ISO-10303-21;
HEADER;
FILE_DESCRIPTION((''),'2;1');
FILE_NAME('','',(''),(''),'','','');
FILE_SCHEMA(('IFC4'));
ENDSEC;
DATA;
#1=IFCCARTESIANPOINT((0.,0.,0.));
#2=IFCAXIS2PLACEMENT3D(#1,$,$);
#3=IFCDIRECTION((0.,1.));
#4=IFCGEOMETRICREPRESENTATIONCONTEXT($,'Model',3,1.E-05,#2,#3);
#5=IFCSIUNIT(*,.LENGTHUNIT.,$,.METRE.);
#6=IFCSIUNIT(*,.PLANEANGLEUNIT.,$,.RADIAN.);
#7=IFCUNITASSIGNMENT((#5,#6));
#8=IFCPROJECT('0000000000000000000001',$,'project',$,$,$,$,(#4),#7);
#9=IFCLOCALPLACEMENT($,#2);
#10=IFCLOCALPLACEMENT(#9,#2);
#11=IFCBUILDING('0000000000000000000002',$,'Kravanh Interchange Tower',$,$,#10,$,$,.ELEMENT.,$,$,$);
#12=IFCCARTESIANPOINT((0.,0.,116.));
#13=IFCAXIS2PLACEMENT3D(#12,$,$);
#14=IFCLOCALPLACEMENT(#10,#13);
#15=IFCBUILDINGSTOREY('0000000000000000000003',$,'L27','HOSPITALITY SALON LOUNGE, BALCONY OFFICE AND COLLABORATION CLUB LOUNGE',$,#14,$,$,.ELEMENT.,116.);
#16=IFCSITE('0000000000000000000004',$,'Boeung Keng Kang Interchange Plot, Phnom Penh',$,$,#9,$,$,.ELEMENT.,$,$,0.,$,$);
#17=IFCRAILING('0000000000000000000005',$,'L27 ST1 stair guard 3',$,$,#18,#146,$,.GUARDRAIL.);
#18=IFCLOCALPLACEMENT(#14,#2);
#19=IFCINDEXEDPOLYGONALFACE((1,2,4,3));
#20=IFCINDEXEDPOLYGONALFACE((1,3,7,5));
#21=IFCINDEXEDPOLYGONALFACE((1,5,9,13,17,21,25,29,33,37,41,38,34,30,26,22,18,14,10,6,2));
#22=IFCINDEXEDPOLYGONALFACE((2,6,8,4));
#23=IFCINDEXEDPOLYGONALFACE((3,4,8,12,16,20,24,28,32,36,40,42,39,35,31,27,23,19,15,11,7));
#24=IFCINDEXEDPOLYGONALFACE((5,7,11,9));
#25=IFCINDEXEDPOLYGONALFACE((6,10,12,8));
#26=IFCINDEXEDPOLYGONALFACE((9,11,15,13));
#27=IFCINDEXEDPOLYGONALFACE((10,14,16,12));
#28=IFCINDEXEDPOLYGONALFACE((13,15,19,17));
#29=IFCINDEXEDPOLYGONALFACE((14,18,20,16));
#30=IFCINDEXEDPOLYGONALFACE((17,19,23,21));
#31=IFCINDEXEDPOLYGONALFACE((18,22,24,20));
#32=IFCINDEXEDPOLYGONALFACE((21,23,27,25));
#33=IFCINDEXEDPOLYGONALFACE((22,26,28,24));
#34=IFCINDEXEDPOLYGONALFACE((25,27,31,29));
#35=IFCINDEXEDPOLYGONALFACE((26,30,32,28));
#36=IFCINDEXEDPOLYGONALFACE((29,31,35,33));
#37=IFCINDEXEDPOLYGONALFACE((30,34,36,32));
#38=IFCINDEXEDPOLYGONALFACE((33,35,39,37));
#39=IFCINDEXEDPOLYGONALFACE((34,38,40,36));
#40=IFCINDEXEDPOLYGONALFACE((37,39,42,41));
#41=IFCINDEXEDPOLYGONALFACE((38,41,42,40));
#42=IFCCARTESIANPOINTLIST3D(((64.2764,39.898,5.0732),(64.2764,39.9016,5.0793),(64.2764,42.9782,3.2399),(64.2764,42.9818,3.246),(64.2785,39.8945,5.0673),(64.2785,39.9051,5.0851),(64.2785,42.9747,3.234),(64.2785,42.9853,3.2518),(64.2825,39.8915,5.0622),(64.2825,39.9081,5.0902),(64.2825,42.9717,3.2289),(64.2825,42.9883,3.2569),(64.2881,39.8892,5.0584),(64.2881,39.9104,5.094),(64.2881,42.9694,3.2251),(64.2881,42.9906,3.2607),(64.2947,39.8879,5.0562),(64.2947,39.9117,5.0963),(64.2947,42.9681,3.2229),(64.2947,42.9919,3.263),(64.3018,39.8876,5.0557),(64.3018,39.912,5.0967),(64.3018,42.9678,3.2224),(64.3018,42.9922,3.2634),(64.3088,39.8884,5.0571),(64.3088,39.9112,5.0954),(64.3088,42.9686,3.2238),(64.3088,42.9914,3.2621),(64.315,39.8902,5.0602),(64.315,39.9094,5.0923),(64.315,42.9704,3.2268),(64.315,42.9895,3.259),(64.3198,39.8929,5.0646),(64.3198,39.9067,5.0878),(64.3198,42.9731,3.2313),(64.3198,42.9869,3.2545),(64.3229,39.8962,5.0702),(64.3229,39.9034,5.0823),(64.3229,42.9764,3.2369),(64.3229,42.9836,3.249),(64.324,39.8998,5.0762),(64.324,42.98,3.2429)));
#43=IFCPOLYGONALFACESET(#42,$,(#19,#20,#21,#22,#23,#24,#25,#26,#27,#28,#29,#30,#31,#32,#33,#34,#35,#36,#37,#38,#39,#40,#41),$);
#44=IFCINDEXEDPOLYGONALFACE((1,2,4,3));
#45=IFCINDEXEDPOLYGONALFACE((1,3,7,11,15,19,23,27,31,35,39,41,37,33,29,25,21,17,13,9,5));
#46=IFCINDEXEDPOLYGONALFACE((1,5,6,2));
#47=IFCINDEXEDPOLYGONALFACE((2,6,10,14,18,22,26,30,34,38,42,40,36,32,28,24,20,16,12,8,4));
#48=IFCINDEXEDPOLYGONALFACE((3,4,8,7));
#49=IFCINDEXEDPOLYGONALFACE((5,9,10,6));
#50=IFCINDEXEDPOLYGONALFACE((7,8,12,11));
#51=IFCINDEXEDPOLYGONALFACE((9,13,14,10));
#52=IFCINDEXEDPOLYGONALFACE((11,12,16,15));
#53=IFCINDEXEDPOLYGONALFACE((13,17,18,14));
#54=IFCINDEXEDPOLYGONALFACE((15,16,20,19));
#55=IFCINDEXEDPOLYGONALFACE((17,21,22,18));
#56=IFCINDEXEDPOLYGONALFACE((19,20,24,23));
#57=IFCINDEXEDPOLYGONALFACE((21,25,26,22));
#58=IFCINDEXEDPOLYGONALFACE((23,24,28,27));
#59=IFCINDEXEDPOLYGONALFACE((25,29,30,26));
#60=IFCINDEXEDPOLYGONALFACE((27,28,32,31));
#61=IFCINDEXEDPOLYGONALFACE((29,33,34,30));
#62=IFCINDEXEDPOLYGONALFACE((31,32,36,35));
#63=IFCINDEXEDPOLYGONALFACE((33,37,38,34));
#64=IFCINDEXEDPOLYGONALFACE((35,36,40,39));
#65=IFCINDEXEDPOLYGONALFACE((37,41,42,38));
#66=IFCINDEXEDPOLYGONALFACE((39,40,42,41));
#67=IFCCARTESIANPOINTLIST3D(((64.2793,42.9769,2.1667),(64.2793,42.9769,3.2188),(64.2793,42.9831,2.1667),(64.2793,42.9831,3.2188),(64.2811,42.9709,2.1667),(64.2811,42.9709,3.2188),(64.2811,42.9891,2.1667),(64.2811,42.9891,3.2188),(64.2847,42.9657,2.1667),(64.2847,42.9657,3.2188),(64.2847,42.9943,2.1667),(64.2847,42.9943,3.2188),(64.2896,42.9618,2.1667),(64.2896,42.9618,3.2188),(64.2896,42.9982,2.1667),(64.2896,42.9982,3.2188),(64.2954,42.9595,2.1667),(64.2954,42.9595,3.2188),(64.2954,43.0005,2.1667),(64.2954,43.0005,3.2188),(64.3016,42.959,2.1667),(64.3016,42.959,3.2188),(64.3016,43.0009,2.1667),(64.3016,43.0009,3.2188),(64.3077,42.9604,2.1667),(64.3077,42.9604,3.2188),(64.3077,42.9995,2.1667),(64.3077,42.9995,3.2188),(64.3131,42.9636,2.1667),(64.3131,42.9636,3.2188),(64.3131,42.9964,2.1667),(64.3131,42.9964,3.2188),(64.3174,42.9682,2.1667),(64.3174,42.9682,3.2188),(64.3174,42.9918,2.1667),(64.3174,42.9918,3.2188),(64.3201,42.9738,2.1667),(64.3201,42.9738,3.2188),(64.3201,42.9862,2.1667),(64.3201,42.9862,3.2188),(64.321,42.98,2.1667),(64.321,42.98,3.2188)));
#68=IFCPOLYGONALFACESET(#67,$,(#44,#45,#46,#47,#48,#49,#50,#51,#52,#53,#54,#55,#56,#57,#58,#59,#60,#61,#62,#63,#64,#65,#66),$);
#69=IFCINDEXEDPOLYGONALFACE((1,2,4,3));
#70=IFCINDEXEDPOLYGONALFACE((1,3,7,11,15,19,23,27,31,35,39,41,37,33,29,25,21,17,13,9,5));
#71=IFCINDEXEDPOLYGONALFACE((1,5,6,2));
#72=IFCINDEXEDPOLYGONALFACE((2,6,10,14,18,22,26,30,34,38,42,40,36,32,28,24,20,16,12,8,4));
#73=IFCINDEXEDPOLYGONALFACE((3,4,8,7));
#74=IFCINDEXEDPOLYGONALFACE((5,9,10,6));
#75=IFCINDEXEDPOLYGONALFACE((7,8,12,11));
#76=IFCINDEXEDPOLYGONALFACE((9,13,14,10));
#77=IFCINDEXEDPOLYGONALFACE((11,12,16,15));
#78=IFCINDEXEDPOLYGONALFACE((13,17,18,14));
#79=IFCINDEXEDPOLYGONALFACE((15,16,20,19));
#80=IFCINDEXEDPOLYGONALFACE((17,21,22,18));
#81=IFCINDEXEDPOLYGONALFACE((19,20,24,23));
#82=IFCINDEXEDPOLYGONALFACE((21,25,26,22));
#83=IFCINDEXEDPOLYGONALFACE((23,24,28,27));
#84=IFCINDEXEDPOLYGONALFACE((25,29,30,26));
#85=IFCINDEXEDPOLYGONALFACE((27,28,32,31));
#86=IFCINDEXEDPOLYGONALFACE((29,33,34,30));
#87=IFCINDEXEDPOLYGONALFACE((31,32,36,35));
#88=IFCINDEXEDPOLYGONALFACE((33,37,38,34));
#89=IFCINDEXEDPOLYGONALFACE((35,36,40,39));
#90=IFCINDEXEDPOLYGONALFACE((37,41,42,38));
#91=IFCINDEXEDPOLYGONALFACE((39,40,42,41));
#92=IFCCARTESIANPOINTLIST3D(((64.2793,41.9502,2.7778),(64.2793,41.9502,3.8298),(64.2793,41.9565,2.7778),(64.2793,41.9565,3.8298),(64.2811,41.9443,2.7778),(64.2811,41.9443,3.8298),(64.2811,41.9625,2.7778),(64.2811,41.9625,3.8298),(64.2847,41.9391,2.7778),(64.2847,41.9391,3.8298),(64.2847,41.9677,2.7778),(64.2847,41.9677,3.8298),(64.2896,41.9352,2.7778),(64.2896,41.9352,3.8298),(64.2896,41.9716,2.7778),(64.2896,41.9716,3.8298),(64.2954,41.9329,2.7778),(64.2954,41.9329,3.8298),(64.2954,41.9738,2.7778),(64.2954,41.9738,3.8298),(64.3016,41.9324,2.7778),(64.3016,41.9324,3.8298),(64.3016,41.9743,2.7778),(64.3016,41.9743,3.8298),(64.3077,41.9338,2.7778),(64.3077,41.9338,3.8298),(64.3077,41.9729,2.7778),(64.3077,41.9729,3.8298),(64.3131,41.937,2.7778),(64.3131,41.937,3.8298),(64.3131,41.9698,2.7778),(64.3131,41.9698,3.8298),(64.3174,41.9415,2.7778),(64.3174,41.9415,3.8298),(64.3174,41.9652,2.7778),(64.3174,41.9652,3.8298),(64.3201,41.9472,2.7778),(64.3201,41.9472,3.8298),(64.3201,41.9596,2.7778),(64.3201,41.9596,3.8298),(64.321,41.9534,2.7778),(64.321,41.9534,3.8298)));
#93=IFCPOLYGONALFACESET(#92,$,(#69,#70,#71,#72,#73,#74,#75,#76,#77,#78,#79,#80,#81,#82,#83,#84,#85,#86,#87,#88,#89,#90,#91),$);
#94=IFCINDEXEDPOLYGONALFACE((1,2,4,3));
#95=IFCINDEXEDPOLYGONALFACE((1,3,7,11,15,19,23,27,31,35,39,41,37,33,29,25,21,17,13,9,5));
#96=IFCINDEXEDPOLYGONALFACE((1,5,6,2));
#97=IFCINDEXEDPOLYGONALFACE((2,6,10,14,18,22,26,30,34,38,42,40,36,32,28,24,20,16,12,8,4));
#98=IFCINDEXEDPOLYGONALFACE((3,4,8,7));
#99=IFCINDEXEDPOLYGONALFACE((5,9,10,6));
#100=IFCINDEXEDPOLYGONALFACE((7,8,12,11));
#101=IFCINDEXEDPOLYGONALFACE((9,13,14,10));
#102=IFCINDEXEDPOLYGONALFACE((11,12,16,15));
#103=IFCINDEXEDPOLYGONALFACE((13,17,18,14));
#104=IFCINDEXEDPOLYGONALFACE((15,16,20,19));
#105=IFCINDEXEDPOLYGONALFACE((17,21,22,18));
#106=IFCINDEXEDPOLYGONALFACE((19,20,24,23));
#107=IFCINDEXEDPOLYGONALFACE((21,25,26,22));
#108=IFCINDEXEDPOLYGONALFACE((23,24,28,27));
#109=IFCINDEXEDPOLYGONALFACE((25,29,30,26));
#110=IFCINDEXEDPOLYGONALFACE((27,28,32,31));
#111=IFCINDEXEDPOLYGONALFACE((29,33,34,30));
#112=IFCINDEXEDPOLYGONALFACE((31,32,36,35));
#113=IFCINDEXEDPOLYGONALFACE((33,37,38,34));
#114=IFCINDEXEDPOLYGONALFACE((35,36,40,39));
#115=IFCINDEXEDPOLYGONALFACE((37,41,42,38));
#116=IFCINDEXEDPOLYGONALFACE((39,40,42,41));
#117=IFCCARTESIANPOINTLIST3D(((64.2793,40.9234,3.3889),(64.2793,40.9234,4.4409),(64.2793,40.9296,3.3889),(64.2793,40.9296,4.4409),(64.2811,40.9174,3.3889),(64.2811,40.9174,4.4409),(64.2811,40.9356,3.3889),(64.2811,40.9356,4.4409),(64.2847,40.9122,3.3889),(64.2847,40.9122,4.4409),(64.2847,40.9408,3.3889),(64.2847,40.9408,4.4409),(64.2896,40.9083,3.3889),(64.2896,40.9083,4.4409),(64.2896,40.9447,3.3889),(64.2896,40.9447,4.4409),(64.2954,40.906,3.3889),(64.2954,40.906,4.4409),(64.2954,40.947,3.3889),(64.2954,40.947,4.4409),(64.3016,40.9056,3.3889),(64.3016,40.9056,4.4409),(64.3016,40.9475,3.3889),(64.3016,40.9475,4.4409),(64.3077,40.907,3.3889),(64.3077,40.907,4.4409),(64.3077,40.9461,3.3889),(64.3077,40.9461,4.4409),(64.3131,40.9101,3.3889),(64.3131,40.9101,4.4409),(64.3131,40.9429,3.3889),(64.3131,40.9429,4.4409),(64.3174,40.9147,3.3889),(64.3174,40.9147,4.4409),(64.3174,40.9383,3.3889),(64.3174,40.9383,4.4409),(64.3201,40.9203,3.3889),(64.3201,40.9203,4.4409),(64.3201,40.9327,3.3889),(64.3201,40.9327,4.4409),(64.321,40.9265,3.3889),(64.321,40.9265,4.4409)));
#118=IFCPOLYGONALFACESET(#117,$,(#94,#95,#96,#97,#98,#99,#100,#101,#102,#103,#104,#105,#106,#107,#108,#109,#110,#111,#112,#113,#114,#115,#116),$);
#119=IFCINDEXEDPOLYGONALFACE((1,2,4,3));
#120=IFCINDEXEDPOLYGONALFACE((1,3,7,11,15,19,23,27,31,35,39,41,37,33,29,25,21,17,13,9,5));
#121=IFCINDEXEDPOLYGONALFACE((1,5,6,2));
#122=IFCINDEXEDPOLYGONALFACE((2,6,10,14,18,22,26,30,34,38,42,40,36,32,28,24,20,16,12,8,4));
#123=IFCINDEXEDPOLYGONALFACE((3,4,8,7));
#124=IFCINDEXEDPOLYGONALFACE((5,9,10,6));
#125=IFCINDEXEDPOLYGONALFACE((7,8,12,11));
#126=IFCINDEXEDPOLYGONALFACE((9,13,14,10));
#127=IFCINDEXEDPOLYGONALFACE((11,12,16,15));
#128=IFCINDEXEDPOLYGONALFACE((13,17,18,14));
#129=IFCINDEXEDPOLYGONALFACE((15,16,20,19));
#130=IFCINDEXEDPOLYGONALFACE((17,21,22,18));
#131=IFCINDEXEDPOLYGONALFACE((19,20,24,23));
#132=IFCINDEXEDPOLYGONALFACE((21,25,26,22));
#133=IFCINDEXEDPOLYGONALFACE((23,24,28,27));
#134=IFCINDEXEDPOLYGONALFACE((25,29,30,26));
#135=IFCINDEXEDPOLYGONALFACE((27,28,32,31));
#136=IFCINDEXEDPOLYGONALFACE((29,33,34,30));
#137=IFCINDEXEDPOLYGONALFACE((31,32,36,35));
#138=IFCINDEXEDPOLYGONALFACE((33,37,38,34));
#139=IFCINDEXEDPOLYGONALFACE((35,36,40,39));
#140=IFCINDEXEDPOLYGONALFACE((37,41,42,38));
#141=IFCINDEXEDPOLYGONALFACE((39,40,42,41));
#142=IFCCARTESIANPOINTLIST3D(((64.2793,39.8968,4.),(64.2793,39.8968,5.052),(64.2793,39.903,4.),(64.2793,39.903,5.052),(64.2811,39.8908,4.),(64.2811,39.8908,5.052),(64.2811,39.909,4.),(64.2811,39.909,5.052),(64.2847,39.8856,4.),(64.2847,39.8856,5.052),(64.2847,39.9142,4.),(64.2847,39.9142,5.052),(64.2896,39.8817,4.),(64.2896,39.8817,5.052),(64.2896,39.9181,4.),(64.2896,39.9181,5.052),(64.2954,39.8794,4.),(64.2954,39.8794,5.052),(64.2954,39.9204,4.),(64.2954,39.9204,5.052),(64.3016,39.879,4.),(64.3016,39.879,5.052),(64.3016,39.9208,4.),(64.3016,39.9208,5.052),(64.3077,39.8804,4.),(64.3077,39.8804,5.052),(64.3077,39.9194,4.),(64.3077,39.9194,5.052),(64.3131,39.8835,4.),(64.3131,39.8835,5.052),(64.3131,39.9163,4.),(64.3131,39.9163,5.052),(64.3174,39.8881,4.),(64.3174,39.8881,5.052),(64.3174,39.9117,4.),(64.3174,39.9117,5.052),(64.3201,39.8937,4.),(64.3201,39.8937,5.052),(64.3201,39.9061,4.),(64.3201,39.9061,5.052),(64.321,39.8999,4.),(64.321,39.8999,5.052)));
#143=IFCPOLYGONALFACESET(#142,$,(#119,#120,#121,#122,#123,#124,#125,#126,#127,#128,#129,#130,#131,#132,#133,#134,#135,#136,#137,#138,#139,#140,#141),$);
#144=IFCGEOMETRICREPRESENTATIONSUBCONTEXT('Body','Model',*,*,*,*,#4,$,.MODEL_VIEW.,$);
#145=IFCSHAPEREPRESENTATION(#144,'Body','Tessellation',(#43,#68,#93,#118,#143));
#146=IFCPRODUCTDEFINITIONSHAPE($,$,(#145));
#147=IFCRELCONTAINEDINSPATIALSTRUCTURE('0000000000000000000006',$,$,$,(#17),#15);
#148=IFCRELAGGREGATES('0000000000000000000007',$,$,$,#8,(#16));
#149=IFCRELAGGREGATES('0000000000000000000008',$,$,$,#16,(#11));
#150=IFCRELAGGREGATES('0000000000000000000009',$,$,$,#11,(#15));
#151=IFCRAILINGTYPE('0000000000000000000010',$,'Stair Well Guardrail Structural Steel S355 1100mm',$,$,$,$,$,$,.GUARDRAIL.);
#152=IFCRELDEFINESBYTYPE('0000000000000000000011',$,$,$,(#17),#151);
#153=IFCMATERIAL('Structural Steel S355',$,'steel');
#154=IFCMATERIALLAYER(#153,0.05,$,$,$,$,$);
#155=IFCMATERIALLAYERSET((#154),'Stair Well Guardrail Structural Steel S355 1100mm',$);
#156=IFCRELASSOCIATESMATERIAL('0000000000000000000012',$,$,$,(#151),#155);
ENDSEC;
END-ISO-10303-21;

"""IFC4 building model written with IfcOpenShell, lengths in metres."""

from ifc_helpers import new_model, si_unit, direction, frame, origin, origin_2d, place, context, subcontext, project, spatial, circle, extrude, material, layer, layer_set, type_object, element, save


model = new_model("IFC4")

# Units and contexts
model_context = context("Model", 3, precision=1e-05, world=origin(), true_north=direction((0.0, 1.0)))
body_context = subcontext(model_context, "Body", "Model", "MODEL_VIEW")
ifc_project = project(units=[si_unit("LENGTHUNIT", "METRE"), si_unit("PLANEANGLEUNIT", "RADIAN")], contexts=[model_context])

# Site, building, storey
site_placement = place(None, origin())
site = spatial("IfcSite", under=ifc_project, at=site_placement, Name="Boeung Keng Kang Interchange Plot, Phnom Penh", CompositionType="ELEMENT", RefElevation=0.0)
building_placement = place(site_placement, origin())
building = spatial("IfcBuilding", under=site, at=building_placement, Name="Kravanh Interchange Tower", CompositionType="ELEMENT")
storey_placement = place(building_placement, frame((0.0, 0.0, 116.0)))
storey = spatial("IfcBuildingStorey", under=building, at=storey_placement, Name="L27", Description="HOSPITALITY SALON LOUNGE, BALCONY OFFICE AND COLLABORATION CLUB LOUNGE", CompositionType="ELEMENT", Elevation=116.0)

# Railing
ifc_material_1 = material(Name="Structural Steel S355", Category="steel")
ifc_layer_1 = layer(ifc_material_1, 0.05)
ifc_layer_set_1 = layer_set([ifc_layer_1], Name="Stair Well Guardrail Structural Steel S355 1100mm")
railing_type_1 = type_object("IfcRailingType", Name="Stair Well Guardrail Structural Steel S355 1100mm", PredefinedType="GUARDRAIL", material=ifc_layer_set_1)
railing_1_placement = place(storey_placement, frame((64.3, 42.98, 2.1667)))
element("IfcRailing", 1, at=railing_1_placement, inside=storey, type_object=railing_type_1, Name="L27 ST1 stair guard 3", PredefinedType="GUARDRAIL", context=body_context, shape_type="SweptSolid", body=[
    extrude(circle(Radius=0.0239, at=origin_2d()), frame((0.0, 0.0, 1.0762), z_axis=(0.0, -0.859309, 0.511458), x_axis=(1.0, 0.0, 0.0)), (0.0, 0.0, 1.0), 3.5845),
    extrude(circle(Radius=0.021, at=origin_2d()), origin(), (0.0, 0.0, 1.0), 1.052),
    extrude(circle(Radius=0.021, at=origin_2d()), frame((0.0, -1.0266, 0.6111)), (0.0, 0.0, 1.0), 1.052),
    extrude(circle(Radius=0.021, at=origin_2d()), frame((0.0, -2.0535, 1.2222)), (0.0, 0.0, 1.0), 1.052),
    extrude(circle(Radius=0.021, at=origin_2d()), frame((0.0, -3.0801, 1.8333)), (0.0, 0.0, 1.0), 1.052),
])

save(model, "model.ifc")
